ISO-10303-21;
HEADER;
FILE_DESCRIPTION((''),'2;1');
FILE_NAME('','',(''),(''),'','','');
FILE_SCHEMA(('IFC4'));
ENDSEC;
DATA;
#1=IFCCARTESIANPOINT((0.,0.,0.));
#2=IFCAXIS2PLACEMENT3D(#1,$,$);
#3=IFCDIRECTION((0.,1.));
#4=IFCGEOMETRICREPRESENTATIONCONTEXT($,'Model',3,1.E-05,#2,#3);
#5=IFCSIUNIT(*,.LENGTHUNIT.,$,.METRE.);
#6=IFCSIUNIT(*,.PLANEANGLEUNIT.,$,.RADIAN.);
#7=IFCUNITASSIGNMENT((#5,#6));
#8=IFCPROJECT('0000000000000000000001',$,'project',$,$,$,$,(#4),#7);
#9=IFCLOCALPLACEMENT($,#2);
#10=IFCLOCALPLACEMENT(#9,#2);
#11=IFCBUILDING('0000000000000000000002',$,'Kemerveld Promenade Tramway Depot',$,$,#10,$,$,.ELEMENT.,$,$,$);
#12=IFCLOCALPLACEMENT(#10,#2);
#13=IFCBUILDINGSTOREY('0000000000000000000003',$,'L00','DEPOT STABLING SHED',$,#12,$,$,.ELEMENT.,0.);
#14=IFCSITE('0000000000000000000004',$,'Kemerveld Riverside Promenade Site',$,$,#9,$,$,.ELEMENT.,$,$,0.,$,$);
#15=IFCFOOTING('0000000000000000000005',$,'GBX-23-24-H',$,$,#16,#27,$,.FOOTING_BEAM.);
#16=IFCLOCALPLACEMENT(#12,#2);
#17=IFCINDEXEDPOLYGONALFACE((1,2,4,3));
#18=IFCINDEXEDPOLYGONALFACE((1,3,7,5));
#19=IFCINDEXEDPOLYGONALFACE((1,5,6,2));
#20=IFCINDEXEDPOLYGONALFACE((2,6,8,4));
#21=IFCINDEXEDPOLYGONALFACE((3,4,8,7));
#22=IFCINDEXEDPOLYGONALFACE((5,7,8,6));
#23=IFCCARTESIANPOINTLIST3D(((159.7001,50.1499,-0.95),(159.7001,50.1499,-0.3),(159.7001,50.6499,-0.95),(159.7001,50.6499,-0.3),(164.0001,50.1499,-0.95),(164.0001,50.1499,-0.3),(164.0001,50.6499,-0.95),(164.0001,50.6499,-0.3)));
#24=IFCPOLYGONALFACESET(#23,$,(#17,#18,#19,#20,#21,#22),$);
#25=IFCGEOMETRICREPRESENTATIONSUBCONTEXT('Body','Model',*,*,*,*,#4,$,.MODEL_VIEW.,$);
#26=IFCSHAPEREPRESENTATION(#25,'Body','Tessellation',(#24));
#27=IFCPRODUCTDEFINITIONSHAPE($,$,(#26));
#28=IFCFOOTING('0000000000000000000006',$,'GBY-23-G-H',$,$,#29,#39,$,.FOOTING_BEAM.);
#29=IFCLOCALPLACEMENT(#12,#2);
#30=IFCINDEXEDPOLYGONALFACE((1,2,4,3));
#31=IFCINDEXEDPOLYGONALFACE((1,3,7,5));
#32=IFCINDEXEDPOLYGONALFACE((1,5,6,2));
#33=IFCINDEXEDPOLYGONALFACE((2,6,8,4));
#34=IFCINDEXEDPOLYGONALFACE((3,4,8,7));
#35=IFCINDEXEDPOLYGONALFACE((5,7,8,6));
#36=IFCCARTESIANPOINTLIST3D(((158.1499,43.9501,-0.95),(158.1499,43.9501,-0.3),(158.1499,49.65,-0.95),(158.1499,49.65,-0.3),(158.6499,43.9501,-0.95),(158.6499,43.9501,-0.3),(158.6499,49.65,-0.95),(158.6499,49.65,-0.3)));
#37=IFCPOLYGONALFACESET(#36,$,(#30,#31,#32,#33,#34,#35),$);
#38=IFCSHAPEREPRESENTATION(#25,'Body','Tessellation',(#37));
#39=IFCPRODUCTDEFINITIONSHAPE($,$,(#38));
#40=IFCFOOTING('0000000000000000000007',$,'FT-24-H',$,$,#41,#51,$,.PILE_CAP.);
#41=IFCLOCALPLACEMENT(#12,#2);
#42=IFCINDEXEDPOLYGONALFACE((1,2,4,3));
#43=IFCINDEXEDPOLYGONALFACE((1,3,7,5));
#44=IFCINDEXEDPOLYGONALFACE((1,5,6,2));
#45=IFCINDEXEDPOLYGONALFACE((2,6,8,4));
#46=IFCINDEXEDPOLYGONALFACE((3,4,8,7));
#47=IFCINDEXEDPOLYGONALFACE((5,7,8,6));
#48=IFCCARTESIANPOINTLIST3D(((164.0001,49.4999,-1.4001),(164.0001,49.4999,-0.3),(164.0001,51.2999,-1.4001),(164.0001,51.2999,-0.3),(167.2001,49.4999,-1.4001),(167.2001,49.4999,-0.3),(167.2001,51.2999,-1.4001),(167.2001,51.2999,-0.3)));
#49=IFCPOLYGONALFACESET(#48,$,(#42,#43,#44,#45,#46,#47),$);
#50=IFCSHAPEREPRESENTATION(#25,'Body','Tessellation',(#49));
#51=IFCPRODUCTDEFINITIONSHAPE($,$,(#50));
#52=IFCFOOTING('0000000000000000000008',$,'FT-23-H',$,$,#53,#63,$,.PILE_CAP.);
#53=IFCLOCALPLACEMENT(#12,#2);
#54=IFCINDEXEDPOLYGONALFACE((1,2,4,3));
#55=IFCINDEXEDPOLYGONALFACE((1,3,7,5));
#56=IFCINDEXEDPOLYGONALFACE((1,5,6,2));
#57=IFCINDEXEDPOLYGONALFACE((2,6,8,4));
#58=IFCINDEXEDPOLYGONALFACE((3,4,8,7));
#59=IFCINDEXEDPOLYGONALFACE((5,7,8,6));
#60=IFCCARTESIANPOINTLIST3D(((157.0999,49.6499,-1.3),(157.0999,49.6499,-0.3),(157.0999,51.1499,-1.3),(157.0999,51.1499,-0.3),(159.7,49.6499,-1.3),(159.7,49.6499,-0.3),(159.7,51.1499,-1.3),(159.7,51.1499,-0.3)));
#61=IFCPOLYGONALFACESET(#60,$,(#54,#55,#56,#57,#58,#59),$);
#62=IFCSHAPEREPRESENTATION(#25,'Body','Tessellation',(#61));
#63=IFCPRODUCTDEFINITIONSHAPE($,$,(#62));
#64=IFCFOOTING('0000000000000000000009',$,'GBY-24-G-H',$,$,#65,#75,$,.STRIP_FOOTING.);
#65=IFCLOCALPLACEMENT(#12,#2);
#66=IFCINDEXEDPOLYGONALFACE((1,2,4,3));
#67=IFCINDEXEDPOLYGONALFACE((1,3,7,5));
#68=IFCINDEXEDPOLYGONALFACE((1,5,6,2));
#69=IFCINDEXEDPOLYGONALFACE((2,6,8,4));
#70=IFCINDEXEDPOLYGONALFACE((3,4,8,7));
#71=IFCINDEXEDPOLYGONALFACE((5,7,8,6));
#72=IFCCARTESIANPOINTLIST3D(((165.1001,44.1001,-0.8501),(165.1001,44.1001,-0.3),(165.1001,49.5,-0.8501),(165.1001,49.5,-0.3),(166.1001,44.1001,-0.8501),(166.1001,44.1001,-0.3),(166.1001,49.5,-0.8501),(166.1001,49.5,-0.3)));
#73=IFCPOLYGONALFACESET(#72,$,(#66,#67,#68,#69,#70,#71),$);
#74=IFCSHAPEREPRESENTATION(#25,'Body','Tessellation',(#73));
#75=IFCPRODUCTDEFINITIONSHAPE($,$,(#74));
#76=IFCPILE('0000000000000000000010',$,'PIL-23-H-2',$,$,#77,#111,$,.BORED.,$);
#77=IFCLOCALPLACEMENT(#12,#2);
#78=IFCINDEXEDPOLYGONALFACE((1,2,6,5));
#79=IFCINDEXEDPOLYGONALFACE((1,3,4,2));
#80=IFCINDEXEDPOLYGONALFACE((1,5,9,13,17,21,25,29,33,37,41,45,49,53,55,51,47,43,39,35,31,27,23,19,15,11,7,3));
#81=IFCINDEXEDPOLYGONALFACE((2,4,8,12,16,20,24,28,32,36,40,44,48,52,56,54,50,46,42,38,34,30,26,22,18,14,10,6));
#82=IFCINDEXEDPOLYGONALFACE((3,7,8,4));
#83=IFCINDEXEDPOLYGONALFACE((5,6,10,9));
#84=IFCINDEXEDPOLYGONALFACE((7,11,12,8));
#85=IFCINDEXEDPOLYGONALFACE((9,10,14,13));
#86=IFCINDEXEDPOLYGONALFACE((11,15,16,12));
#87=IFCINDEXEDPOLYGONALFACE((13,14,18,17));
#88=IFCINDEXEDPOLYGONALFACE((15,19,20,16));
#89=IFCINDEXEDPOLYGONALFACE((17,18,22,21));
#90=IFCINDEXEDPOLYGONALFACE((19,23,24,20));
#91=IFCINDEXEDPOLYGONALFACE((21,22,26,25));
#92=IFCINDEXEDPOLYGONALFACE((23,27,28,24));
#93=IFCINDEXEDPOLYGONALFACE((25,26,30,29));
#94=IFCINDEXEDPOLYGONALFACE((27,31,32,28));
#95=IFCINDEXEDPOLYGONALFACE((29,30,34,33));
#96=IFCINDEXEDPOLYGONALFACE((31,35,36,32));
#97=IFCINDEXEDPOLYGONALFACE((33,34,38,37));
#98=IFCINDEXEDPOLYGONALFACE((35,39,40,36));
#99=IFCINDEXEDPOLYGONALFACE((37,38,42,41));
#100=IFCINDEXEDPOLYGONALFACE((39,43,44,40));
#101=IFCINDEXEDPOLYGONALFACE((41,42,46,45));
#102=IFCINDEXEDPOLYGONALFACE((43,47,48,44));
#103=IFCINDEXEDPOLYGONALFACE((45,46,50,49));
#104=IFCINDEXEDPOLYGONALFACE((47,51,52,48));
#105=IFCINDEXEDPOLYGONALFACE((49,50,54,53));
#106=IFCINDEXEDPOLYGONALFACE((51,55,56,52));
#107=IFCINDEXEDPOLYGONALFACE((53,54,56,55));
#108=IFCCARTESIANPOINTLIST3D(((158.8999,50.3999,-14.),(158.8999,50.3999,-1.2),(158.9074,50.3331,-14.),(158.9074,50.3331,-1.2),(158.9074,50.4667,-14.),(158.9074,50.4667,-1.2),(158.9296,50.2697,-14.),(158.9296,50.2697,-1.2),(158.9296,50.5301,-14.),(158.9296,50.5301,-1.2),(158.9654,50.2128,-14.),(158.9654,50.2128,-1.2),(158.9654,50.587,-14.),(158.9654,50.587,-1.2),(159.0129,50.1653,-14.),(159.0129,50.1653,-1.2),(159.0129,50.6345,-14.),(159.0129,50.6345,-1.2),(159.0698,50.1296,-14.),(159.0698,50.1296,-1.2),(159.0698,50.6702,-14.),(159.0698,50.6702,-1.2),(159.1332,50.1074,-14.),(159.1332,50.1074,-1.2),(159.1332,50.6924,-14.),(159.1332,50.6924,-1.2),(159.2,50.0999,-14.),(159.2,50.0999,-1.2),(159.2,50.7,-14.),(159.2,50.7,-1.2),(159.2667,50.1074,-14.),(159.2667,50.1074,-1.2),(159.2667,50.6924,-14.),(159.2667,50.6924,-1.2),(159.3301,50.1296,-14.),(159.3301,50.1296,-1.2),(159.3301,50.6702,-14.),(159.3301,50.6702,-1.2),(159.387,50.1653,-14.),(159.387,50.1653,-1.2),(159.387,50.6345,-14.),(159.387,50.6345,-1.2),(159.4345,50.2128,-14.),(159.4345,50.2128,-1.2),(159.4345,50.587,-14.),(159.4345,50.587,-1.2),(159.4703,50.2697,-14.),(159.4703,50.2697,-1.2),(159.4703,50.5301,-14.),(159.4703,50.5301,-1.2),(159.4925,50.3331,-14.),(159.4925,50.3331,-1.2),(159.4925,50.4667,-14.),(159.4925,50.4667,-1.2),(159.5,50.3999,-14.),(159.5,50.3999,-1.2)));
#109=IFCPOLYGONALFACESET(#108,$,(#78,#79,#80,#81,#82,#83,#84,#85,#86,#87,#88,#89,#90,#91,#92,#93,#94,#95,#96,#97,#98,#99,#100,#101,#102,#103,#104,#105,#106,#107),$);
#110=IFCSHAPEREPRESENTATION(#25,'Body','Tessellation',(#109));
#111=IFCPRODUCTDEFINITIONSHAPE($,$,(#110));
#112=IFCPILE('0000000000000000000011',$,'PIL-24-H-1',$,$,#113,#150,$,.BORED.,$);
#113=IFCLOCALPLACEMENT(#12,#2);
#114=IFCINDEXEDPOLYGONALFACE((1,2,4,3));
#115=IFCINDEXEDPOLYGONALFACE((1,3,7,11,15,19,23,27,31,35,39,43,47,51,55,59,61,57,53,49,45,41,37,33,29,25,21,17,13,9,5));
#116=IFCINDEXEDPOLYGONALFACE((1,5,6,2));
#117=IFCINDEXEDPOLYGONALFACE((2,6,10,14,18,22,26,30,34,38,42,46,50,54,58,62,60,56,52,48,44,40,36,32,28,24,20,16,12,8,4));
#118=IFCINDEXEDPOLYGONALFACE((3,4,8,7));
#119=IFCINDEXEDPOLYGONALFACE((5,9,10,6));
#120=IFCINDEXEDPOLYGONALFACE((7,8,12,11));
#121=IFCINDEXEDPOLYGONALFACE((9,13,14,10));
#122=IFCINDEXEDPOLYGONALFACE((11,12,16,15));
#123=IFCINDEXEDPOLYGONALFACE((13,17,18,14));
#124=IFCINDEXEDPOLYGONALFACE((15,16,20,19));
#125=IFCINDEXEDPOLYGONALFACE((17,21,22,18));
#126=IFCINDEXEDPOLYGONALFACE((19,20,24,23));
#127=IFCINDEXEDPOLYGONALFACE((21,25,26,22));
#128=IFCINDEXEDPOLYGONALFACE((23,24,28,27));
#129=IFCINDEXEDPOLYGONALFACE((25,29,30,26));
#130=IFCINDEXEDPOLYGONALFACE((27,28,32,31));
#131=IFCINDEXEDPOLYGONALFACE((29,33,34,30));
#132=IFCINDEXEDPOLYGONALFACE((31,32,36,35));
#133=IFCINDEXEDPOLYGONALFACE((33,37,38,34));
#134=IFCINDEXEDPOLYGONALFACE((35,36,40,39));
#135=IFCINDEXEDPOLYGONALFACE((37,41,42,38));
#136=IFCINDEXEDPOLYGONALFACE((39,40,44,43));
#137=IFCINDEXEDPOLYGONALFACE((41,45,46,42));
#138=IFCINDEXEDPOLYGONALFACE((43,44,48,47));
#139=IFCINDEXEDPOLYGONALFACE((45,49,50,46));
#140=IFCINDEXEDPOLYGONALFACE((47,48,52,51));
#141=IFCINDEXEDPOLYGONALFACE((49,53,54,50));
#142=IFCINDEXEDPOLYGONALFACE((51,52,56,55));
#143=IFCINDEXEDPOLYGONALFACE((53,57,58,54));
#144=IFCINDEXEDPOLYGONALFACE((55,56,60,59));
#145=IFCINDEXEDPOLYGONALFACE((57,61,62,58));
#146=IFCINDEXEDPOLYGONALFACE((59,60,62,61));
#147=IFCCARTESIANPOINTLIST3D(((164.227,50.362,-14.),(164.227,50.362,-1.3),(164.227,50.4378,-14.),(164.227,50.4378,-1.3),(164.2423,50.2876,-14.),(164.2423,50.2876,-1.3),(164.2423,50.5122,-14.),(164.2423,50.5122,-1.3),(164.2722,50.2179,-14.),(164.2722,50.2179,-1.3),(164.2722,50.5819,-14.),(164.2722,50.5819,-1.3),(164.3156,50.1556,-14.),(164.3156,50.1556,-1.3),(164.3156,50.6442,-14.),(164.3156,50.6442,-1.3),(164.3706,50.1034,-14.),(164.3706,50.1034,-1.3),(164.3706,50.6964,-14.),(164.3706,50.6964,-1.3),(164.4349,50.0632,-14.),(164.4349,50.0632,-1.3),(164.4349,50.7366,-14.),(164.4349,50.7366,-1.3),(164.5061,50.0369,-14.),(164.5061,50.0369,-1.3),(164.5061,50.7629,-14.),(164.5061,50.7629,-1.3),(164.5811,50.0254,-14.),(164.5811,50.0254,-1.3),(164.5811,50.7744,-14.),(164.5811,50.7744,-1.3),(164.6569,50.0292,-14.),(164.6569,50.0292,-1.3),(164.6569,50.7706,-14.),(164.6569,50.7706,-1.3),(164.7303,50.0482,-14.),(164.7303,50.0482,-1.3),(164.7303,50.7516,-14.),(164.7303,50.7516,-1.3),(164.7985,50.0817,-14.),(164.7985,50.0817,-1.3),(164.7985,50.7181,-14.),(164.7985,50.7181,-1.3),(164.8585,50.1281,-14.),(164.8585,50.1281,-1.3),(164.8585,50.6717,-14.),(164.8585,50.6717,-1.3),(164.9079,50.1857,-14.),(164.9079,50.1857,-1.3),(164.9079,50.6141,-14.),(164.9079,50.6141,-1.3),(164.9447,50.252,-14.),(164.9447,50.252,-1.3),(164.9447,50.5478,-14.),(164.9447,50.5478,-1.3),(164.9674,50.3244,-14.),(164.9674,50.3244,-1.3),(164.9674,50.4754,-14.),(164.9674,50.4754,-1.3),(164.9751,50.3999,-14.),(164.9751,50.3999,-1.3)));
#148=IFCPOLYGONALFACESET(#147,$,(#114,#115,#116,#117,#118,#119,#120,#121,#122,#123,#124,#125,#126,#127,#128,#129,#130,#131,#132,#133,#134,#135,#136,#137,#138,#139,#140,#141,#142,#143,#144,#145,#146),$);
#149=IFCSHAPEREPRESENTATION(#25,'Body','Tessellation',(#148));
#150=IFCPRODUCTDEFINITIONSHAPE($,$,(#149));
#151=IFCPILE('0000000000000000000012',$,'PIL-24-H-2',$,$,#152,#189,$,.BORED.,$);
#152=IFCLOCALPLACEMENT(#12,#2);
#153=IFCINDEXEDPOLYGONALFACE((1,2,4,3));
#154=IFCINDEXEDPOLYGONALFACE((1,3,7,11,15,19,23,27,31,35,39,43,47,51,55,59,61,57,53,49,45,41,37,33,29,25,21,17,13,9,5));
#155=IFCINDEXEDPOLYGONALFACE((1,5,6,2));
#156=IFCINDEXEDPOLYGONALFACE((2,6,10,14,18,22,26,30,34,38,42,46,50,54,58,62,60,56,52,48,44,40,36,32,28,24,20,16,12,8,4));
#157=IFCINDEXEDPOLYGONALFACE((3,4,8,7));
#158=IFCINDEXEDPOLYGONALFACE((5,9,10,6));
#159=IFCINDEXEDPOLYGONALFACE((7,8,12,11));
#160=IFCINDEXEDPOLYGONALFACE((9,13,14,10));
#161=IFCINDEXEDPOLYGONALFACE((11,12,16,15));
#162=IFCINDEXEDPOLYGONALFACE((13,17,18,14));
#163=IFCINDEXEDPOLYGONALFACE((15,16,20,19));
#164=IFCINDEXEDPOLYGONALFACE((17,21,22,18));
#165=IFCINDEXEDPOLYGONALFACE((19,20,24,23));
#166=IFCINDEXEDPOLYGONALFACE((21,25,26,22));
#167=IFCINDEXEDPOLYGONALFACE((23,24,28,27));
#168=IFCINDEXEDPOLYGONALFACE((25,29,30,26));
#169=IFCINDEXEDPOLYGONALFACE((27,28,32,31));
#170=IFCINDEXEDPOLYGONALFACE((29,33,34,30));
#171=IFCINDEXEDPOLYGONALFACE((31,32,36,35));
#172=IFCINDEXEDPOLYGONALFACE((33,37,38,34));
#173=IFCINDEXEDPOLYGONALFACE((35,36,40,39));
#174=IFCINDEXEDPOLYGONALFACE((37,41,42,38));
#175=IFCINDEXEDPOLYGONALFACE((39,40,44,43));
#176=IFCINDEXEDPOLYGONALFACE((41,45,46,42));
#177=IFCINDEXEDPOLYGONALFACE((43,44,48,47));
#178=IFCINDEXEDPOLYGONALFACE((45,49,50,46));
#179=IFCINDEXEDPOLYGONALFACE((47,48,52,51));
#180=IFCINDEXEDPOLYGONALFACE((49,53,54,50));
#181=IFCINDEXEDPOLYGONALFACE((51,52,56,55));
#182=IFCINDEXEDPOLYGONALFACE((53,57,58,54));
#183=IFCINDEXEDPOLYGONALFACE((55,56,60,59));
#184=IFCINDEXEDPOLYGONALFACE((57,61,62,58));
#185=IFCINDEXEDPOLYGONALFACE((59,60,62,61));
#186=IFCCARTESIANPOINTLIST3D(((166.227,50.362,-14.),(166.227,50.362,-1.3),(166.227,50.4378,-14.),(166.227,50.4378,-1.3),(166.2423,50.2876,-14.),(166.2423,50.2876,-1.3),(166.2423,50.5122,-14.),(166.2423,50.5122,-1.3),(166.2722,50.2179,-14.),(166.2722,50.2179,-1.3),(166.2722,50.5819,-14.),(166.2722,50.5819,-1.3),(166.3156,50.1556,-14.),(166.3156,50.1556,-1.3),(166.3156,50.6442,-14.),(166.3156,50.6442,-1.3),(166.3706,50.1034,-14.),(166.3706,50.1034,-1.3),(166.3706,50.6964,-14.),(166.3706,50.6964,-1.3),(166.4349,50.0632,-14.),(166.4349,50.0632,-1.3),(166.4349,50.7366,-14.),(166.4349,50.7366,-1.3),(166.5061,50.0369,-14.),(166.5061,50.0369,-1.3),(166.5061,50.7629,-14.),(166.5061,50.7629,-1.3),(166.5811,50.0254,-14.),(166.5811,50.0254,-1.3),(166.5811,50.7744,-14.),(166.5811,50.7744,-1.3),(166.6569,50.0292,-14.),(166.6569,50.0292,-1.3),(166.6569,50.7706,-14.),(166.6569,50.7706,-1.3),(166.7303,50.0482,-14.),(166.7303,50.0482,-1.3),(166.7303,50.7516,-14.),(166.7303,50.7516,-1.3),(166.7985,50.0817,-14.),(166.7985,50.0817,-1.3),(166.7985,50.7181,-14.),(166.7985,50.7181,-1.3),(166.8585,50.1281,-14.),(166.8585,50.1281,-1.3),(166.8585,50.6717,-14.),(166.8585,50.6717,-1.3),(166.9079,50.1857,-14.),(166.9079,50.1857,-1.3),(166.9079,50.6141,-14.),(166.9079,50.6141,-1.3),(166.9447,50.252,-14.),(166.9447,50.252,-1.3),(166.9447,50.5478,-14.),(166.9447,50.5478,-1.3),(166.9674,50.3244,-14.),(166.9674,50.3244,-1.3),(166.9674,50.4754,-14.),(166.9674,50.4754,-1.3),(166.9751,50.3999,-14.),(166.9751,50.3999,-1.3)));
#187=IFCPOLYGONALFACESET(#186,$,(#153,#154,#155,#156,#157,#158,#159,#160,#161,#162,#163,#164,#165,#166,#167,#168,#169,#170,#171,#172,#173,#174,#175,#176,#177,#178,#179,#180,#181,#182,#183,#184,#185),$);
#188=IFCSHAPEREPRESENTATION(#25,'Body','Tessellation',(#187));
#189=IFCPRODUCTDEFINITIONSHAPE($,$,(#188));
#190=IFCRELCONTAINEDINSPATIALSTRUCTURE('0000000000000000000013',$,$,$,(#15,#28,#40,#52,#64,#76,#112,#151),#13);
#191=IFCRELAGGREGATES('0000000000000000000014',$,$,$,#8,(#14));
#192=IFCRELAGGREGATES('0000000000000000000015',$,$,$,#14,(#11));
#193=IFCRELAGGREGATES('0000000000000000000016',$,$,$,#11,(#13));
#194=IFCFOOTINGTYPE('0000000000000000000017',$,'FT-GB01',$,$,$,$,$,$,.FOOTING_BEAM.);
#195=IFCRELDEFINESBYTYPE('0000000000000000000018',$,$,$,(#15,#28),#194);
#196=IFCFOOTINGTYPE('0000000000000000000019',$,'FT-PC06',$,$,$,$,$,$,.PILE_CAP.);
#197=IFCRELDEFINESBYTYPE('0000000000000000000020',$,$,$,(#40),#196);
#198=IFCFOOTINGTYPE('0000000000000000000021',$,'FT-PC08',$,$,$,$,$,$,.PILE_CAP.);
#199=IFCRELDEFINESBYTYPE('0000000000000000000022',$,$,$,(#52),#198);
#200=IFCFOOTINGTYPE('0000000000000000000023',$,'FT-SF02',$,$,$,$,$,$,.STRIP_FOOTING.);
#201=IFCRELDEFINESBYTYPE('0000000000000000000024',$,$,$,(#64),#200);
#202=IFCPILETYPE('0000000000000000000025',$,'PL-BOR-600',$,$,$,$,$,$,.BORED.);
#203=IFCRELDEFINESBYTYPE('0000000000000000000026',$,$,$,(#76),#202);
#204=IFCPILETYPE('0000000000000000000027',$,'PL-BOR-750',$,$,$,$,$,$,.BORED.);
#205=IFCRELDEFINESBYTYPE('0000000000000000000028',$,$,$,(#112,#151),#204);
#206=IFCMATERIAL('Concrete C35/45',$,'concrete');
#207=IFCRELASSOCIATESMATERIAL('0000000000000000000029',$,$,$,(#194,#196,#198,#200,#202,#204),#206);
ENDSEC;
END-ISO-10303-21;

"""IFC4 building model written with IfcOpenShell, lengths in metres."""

from ifc_helpers import new_model, si_unit, direction, frame, origin, origin_2d, place, context, subcontext, project, spatial, rectangle, circle, extrude, material, material_profile, profile_set, type_object, element, save


model = new_model("IFC4")

# Units and contexts
model_context = context("Model", 3, precision=1e-05, world=origin(), true_north=direction((0.0, 1.0)))
body_context = subcontext(model_context, "Body", "Model", "MODEL_VIEW")
ifc_project = project(units=[si_unit("LENGTHUNIT", "METRE"), si_unit("PLANEANGLEUNIT", "RADIAN")], contexts=[model_context])

# Site, building, storey
site_placement = place(None, origin())
site = spatial("IfcSite", under=ifc_project, at=site_placement, Name="Kemerveld Riverside Promenade Site", CompositionType="ELEMENT", RefElevation=0.0)
building_placement = place(site_placement, origin())
building = spatial("IfcBuilding", under=site, at=building_placement, Name="Kemerveld Promenade Tramway Depot", CompositionType="ELEMENT")
storey_placement = place(building_placement, origin())
storey = spatial("IfcBuildingStorey", under=building, at=storey_placement, Name="L00", Description="DEPOT STABLING SHED", CompositionType="ELEMENT", Elevation=0.0)

# Footings
ifc_material_1 = material(Name="Concrete C35/45", Category="concrete")
footing_type_1 = type_object("IfcFootingType", Name="FT-GB01", PredefinedType="FOOTING_BEAM", material=ifc_material_1)
footing_1_placement = place(storey_placement, frame((161.8501, 50.3999, -0.95), z_axis=(0.0, 0.0, 1.0), x_axis=(1.0, 0.0, 0.0)))
element("IfcFooting", 1, at=footing_1_placement, inside=storey, type_object=footing_type_1, Name="GBX-23-24-H", PredefinedType="FOOTING_BEAM", context=body_context, shape_type="SweptSolid", body=[
    extrude(rectangle(XDim=4.3, YDim=0.5, at=origin_2d()), origin(), (0.0, 0.0, 1.0), 0.6499),
])
footing_2_placement = place(storey_placement, frame((158.3999, 46.8, -0.95), z_axis=(0.0, 0.0, 1.0), x_axis=(0.0, 1.0, 0.0)))
element("IfcFooting", 2, at=footing_2_placement, inside=storey, type_object=footing_type_1, Name="GBY-23-G-H", PredefinedType="FOOTING_BEAM", context=body_context, shape_type="SweptSolid", body=[
    extrude(rectangle(XDim=5.7, YDim=0.5, at=origin_2d()), origin(), (0.0, 0.0, 1.0), 0.6499),
])
footing_type_2 = type_object("IfcFootingType", Name="FT-PC06", PredefinedType="PILE_CAP", material=ifc_material_1)
footing_3_placement = place(storey_placement, frame((165.6001, 50.3999, -1.4001), z_axis=(0.0, 0.0, 1.0), x_axis=(1.0, 0.0, 0.0)))
element("IfcFooting", 3, at=footing_3_placement, inside=storey, type_object=footing_type_2, Name="FT-24-H", PredefinedType="PILE_CAP", context=body_context, shape_type="SweptSolid", body=[
    extrude(rectangle(XDim=3.2, YDim=1.8, at=origin_2d()), origin(), (0.0, 0.0, 1.0), 1.1001),
])
footing_type_3 = type_object("IfcFootingType", Name="FT-PC08", PredefinedType="PILE_CAP", material=ifc_material_1)
footing_4_placement = place(storey_placement, frame((158.3999, 50.3999, -1.3), z_axis=(0.0, 0.0, 1.0), x_axis=(1.0, 0.0, 0.0)))
element("IfcFooting", 4, at=footing_4_placement, inside=storey, type_object=footing_type_3, Name="FT-23-H", PredefinedType="PILE_CAP", context=body_context, shape_type="SweptSolid", body=[
    extrude(rectangle(XDim=2.6001, YDim=1.5, at=origin_2d()), origin(), (0.0, 0.0, 1.0), 1.0),
])
footing_type_4 = type_object("IfcFootingType", Name="FT-SF02", PredefinedType="STRIP_FOOTING", material=ifc_material_1)
footing_5_placement = place(storey_placement, frame((165.6001, 46.8, -0.8501), z_axis=(0.0, 0.0, 1.0), x_axis=(0.0, 1.0, 0.0)))
element("IfcFooting", 5, at=footing_5_placement, inside=storey, type_object=footing_type_4, Name="GBY-24-G-H", PredefinedType="STRIP_FOOTING", context=body_context, shape_type="SweptSolid", body=[
    extrude(rectangle(XDim=5.3999, YDim=1.0, at=origin_2d()), origin(), (0.0, 0.0, 1.0), 0.55),
])

# Piles
ifc_material_profile_1 = material_profile(ifc_material_1, circle(Radius=0.3, at=origin_2d()), Name="PILE-D600")
ifc_profile_set_1 = profile_set([ifc_material_profile_1], Name="Concrete C35/45")
pile_type_1 = type_object("IfcPileType", Name="PL-BOR-600", PredefinedType="BORED", material=ifc_profile_set_1)
pile_placement = place(storey_placement, frame((159.2, 50.3999, -1.2), z_axis=(0.0, 0.0, -1.0), x_axis=(1.0, 0.0, 0.0)))
element("IfcPile", 6, at=pile_placement, inside=storey, type_object=pile_type_1, Name="PIL-23-H-2", PredefinedType="BORED", context=body_context, shape_type="SweptSolid", body=[
    extrude(circle(Radius=0.3, at=origin_2d()), origin(), (0.0, 0.0, 1.0), 12.8),
])
ifc_material_profile_2 = material_profile(ifc_material_1, circle(Radius=0.375, at=origin_2d()), Name="PILE-D750")
ifc_profile_set_2 = profile_set([ifc_material_profile_2], Name="Concrete C35/45")
pile_type_2 = type_object("IfcPileType", Name="PL-BOR-750", PredefinedType="BORED", material=ifc_profile_set_2)
for number, where, z_axis, x_axis, name in (
    (7, (164.6001, 50.3999, -1.3), (0.0, 0.0, -1.0), (1.0, 0.0, 0.0), "PIL-24-H-1"),
    (8, (166.6001, 50.3999, -1.3), (0.0, 0.0, -1.0), (1.0, 0.0, 0.0), "PIL-24-H-2"),
):
    element("IfcPile", number, at=place(storey_placement, frame(where, z_axis=z_axis, x_axis=x_axis)), inside=storey, type_object=pile_type_2, Name=name, PredefinedType="BORED", context=body_context, shape_type="SweptSolid", body=[
        extrude(circle(Radius=0.375, at=origin_2d()), origin(), (0.0, 0.0, 1.0), 12.7),
    ])

save(model, "model.ifc")
